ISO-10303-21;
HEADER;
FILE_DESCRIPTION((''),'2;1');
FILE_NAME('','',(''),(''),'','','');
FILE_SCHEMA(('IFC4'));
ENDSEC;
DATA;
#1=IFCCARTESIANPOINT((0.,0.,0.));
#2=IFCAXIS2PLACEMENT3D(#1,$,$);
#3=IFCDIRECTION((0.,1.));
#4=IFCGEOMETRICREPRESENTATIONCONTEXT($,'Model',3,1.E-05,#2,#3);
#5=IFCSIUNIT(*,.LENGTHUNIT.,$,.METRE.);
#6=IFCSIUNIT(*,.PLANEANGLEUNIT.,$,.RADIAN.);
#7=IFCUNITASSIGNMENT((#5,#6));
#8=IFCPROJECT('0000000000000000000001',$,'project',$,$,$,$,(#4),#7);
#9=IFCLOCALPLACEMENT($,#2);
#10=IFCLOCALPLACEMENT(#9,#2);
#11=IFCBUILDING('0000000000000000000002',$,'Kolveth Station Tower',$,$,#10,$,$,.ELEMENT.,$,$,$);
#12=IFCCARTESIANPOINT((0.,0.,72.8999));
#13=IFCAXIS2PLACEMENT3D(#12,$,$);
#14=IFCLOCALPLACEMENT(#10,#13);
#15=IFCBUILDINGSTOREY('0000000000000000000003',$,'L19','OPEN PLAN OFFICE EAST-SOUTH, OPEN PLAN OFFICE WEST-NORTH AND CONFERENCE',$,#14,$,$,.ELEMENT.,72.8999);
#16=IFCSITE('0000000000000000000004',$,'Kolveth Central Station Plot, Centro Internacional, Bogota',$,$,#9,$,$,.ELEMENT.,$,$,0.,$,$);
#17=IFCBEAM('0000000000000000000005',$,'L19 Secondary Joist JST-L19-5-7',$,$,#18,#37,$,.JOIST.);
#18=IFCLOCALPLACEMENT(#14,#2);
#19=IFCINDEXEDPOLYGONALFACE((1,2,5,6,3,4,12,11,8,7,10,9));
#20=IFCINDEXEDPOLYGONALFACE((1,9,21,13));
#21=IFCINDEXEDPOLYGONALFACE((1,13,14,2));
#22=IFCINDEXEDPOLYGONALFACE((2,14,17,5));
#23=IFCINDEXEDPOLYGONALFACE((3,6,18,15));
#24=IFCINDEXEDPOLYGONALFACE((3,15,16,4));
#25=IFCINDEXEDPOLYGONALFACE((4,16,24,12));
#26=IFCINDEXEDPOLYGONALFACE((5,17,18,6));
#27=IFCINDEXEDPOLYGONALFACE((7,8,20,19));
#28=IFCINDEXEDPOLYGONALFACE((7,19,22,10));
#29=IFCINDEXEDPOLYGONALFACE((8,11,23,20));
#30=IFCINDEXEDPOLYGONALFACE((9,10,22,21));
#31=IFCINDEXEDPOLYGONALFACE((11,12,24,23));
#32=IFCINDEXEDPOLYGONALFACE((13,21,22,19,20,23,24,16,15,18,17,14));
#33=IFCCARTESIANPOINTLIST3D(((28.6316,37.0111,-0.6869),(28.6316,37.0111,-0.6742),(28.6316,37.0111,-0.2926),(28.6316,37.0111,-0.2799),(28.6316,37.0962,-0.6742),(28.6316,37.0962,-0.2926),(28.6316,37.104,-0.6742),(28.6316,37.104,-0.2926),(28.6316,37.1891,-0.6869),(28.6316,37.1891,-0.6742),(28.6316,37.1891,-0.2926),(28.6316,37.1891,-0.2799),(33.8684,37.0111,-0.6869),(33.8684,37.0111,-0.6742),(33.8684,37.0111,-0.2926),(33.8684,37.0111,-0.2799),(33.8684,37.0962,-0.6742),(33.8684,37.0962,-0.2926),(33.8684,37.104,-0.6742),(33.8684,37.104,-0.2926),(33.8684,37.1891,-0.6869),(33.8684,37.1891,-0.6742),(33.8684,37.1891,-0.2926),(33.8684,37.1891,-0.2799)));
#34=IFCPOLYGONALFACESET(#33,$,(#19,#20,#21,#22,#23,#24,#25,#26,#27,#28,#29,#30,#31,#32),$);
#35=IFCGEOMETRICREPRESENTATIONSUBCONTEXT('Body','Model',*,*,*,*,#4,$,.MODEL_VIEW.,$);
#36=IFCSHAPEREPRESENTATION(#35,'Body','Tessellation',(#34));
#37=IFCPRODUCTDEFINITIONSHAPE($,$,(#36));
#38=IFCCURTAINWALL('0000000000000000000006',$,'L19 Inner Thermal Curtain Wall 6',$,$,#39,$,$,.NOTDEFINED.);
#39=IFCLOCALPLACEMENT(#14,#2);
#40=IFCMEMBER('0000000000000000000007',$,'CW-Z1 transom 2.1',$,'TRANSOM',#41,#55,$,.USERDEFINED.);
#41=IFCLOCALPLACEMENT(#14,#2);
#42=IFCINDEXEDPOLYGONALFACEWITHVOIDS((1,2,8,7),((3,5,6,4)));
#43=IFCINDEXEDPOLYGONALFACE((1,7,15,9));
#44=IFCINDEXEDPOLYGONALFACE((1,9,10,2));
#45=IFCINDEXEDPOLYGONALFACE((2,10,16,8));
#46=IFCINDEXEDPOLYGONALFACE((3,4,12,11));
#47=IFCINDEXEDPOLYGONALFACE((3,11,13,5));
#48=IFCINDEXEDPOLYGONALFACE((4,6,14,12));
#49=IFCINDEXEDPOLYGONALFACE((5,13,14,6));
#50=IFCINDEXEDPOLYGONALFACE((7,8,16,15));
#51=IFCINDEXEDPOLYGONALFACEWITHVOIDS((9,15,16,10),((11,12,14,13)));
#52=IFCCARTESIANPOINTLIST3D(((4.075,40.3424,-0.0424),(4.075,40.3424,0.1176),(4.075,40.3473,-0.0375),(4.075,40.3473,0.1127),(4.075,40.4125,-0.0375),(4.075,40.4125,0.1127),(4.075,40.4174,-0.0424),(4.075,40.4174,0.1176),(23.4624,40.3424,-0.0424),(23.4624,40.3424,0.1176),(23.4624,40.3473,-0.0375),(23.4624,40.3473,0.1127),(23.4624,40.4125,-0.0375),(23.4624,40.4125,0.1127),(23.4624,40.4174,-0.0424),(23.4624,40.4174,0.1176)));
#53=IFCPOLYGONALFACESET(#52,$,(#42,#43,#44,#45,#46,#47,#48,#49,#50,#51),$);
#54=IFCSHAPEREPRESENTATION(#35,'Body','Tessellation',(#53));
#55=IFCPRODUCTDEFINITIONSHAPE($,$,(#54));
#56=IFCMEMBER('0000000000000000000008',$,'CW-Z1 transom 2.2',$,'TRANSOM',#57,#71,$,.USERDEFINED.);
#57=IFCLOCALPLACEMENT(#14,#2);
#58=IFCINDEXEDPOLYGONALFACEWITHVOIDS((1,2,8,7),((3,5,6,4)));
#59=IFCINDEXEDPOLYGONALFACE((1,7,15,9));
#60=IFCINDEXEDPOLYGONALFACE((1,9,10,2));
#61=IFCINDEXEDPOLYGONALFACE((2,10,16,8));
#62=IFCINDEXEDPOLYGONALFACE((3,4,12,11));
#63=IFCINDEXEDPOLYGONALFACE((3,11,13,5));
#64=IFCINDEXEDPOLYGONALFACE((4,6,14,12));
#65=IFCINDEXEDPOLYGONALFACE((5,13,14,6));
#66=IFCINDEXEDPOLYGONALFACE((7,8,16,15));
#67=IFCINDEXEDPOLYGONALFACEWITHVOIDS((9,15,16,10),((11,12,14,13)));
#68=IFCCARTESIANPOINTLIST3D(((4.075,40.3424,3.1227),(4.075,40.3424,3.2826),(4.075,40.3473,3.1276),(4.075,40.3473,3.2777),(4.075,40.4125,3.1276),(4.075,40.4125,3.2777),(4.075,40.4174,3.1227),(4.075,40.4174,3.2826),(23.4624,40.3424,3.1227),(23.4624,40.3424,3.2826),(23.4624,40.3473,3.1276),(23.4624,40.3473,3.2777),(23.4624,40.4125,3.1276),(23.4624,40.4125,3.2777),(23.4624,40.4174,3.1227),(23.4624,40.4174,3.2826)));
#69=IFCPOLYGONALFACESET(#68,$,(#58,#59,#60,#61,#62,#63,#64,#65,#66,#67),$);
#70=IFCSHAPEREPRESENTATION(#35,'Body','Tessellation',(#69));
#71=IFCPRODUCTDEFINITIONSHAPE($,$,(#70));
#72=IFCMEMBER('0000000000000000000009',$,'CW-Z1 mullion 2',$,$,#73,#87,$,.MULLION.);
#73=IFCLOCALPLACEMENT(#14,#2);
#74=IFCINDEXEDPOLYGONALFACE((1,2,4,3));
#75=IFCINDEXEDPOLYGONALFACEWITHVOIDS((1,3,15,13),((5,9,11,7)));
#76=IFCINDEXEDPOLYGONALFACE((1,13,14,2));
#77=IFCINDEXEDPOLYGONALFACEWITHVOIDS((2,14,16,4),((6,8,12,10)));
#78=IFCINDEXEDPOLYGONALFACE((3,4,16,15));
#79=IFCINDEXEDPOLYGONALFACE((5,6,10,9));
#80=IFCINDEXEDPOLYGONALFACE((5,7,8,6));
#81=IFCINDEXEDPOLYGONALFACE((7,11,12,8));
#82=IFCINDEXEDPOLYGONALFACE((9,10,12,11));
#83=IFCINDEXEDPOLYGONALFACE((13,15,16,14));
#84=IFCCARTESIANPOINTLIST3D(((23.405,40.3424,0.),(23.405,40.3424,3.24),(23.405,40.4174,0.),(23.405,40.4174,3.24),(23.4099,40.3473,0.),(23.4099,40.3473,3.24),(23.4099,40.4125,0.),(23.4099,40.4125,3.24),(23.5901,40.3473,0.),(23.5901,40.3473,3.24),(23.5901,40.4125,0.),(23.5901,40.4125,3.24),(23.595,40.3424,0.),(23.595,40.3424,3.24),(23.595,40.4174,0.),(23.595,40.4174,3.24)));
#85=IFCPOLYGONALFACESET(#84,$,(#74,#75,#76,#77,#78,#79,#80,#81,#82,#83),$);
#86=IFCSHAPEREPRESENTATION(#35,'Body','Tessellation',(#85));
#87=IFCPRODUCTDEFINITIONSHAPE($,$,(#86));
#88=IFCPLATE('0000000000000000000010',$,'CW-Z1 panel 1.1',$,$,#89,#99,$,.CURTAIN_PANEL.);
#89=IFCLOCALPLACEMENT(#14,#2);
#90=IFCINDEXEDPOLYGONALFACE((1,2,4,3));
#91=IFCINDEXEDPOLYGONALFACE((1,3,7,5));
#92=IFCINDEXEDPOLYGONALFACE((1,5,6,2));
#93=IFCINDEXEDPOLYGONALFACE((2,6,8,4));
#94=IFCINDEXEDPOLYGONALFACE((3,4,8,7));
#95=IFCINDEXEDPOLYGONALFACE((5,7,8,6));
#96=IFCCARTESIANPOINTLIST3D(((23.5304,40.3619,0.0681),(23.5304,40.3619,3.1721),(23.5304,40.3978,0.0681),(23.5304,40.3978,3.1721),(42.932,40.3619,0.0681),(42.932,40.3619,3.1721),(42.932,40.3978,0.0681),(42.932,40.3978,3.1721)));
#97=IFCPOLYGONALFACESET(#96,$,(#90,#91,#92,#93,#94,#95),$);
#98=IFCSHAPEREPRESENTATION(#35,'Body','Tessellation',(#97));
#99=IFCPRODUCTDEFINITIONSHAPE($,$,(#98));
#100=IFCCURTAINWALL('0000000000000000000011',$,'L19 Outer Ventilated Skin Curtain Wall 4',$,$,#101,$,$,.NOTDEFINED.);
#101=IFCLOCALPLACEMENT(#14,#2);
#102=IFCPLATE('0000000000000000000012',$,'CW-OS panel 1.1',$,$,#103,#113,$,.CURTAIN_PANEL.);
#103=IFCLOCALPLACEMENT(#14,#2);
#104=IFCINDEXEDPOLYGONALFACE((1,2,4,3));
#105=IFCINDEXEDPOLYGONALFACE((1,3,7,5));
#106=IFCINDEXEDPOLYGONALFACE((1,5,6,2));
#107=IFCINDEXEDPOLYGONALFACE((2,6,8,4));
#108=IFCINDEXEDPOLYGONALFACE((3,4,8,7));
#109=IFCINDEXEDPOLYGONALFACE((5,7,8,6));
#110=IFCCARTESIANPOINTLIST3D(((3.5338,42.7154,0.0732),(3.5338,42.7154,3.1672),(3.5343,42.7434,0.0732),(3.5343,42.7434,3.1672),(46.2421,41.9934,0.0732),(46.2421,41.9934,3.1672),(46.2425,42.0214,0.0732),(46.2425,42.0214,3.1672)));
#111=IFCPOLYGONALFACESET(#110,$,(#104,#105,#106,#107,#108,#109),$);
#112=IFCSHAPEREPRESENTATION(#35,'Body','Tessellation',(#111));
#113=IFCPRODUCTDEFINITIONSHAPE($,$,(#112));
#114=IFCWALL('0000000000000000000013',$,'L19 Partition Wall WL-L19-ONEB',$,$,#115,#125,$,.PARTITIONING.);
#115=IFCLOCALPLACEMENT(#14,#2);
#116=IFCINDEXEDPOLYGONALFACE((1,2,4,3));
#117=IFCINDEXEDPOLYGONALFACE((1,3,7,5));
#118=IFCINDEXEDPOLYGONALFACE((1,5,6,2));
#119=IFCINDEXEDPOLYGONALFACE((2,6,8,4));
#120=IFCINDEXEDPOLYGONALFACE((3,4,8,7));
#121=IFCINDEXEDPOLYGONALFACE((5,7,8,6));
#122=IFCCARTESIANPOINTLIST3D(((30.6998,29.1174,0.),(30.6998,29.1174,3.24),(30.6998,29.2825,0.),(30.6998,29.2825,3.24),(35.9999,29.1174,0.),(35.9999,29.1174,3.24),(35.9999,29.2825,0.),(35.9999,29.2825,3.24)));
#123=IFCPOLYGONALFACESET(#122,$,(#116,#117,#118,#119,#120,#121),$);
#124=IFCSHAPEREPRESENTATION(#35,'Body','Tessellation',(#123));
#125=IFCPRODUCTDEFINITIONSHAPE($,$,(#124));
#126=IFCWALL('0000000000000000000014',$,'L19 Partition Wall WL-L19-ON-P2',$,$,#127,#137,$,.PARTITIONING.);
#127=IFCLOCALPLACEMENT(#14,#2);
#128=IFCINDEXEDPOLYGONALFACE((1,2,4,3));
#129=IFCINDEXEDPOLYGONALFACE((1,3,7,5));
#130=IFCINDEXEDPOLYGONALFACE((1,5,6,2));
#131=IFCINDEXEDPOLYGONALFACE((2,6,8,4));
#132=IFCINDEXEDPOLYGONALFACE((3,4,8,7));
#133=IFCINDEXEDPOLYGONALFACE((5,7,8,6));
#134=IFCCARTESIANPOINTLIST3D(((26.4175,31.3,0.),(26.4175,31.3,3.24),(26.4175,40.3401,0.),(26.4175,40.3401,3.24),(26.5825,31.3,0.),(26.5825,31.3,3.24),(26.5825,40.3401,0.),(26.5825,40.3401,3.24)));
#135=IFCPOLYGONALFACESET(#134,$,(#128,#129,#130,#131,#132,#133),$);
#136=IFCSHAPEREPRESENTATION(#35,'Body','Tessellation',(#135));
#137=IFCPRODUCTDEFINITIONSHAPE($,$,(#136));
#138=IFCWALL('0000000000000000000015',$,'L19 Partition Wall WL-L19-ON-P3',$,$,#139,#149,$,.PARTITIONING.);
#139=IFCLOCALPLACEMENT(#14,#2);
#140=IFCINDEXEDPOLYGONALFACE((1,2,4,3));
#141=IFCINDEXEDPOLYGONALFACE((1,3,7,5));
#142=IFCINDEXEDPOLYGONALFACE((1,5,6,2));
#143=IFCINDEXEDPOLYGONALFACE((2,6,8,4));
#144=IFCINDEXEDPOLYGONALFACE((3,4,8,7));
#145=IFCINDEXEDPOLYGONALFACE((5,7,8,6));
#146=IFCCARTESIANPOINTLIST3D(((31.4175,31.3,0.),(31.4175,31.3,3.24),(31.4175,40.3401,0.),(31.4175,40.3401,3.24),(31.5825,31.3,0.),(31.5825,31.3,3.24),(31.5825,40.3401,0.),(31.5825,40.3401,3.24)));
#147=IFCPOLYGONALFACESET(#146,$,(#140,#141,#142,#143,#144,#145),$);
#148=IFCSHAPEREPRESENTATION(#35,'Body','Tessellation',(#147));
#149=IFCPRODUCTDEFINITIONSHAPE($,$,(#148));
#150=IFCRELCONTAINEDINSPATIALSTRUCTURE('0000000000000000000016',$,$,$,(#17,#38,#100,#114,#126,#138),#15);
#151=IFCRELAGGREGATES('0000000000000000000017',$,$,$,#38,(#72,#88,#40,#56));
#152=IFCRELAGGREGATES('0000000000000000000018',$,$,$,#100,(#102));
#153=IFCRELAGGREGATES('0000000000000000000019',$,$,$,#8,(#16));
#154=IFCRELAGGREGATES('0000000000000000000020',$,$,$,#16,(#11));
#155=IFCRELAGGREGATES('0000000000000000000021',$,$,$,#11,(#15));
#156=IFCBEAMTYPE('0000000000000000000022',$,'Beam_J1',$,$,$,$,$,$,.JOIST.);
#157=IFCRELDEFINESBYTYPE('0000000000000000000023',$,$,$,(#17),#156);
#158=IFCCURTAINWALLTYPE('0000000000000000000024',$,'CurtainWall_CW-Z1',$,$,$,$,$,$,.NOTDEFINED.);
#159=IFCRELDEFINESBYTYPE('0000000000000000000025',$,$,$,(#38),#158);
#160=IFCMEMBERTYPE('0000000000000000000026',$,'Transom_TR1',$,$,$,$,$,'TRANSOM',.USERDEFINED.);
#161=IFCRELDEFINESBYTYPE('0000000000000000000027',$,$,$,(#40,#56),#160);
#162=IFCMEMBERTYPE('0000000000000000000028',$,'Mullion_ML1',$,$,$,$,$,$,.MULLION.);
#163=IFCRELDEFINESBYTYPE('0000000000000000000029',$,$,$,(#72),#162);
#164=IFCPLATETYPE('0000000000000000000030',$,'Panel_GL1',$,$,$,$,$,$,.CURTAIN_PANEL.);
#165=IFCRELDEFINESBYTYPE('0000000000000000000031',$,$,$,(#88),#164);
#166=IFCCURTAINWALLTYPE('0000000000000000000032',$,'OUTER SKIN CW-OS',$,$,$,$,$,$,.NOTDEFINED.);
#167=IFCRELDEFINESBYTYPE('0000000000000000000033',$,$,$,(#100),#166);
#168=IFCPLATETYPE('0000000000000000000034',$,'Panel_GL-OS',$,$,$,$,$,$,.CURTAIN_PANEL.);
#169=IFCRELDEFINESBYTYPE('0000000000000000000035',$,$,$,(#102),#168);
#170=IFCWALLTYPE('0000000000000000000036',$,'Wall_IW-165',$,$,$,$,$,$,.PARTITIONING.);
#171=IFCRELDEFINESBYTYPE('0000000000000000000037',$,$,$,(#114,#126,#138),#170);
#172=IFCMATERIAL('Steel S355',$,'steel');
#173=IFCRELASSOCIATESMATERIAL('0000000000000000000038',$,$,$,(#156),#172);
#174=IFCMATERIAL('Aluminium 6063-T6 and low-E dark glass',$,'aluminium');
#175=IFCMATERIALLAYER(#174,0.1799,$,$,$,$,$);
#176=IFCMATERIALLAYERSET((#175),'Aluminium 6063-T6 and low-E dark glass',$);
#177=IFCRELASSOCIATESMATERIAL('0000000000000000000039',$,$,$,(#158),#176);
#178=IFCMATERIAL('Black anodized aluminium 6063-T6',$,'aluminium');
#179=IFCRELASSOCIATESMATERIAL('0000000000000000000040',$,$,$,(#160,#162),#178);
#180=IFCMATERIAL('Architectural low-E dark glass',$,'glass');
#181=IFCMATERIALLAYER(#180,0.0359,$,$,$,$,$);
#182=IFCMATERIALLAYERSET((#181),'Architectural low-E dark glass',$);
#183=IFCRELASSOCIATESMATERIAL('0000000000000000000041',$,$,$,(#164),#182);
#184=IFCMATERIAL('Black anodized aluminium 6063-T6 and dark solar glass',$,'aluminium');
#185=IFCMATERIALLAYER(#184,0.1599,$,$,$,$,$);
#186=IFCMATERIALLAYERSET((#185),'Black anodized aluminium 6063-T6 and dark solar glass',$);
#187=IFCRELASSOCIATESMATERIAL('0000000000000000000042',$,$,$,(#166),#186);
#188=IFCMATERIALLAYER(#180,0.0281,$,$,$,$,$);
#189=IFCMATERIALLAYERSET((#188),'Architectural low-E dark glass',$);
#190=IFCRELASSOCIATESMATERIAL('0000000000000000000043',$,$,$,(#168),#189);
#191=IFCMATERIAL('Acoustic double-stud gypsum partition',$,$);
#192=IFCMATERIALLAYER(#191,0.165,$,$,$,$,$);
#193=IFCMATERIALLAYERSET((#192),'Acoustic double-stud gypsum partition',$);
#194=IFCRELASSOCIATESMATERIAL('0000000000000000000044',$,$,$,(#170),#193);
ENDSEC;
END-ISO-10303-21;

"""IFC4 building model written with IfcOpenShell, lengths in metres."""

from ifc_helpers import new_model, si_unit, direction, frame, frame_2d, origin, origin_2d, place, context, subcontext, project, spatial, rectangle, hollow_rectangle, i_section, extrude, source, transform, mapped, material, layer, layer_set, material_profile, profile_set, type_object, element, aggregate, save


model = new_model("IFC4")

# Units and contexts
model_context = context("Model", 3, precision=1e-05, world=origin(), true_north=direction((0.0, 1.0)))
body_context = subcontext(model_context, "Body", "Model", "MODEL_VIEW")
ifc_project = project(units=[si_unit("LENGTHUNIT", "METRE"), si_unit("PLANEANGLEUNIT", "RADIAN")], contexts=[model_context])

# Site, building, storey
site_placement = place(None, origin())
site = spatial("IfcSite", under=ifc_project, at=site_placement, Name="Kolveth Central Station Plot, Centro Internacional, Bogota", CompositionType="ELEMENT", RefElevation=0.0)
building_placement = place(site_placement, origin())
building = spatial("IfcBuilding", under=site, at=building_placement, Name="Kolveth Station Tower", CompositionType="ELEMENT")
storey_placement = place(building_placement, frame((0.0, 0.0, 72.8999)))
storey = spatial("IfcBuildingStorey", under=building, at=storey_placement, Name="L19", Description="OPEN PLAN OFFICE EAST-SOUTH, OPEN PLAN OFFICE WEST-NORTH AND CONFERENCE", CompositionType="ELEMENT", Elevation=72.8999)

# Shared definitions
ifc_material_1 = material(Name="Steel S355", Category="steel")

# Beam
ifc_material_profile_1 = material_profile(ifc_material_1, i_section(OverallWidth=0.178, OverallDepth=0.407, WebThickness=0.0078, FlangeThickness=0.0127, at=origin_2d()), Name="W410x60")
ifc_profile_set_1 = profile_set([ifc_material_profile_1], Name="Steel S355")
beam_type_1 = type_object("IfcBeamType", Name="Beam_J1", PredefinedType="JOIST", material=ifc_profile_set_1)
shared_shape_1 = source(origin(), body_context, "Body", "SweptSolid", [
    extrude(i_section(OverallWidth=0.178, OverallDepth=0.407, WebThickness=0.0078, FlangeThickness=0.0127, at=origin_2d()), origin(), (0.0, 0.0, 1.0), 5.2368),
])
for number, where, z_axis, x_axis, name in (
    (1, (28.6316, 37.1001, -0.4834), (1.0, 0.0, 0.0), (0.0, 1.0, 0.0), "L19 Secondary Joist JST-L19-5-7"),
):
    element("IfcBeam", number, at=place(storey_placement, frame(where, z_axis=z_axis, x_axis=x_axis)), inside=storey, type_object=beam_type_1, Name=name, PredefinedType="JOIST", context=body_context, shape_type="MappedRepresentation", body=[
        mapped(shared_shape_1, transform((0.0, 0.0, 0.0), x_axis=(1.0, 0.0, 0.0), y_axis=(0.0, 1.0, 0.0), z_axis=(0.0, 0.0, 1.0), scale=1.0)),
    ])

# Curtain wall, members, plate
ifc_material_2 = material(Name="Aluminium 6063-T6 and low-E dark glass", Category="aluminium")
ifc_layer_1 = layer(ifc_material_2, 0.1799)
ifc_layer_set_1 = layer_set([ifc_layer_1], Name="Aluminium 6063-T6 and low-E dark glass")
curtain_wall_type_1 = type_object("IfcCurtainWallType", Name="CurtainWall_CW-Z1", PredefinedType="NOTDEFINED", material=ifc_layer_set_1)
curtain_wall_1_placement = place(storey_placement, origin())
curtain_wall_1 = element("IfcCurtainWall", 2, at=curtain_wall_1_placement, inside=storey, type_object=curtain_wall_type_1, Name="L19 Inner Thermal Curtain Wall 6", PredefinedType="NOTDEFINED")
ifc_material_3 = material(Name="Black anodized aluminium 6063-T6", Category="aluminium")
ifc_material_profile_2 = material_profile(ifc_material_3, hollow_rectangle(XDim=0.075, YDim=0.1599, WallThickness=0.0049, at=origin_2d()), Name="ALU-75x160x5")
ifc_profile_set_2 = profile_set([ifc_material_profile_2], Name="Black anodized aluminium 6063-T6")
member_type_1 = type_object("IfcMemberType", Name="Transom_TR1", ElementType="TRANSOM", PredefinedType="USERDEFINED", material=ifc_profile_set_2)
shared_shape_2 = source(origin(), body_context, "Body", "SweptSolid", [
    extrude(hollow_rectangle(XDim=0.075, YDim=0.1599, WallThickness=0.0049, at=origin_2d()), origin(), (0.0, 0.0, 1.0), 19.3875),
])
member_1_placement = place(storey_placement, frame((23.4624, 40.3799, 0.0376), z_axis=(-1.0, 0.0, 0.0), x_axis=(0.0, -1.0, 0.0)))
member_1 = element("IfcMember", 3, at=member_1_placement, type_object=member_type_1, Name="CW-Z1 transom 2.1", ObjectType="TRANSOM", PredefinedType="USERDEFINED", context=body_context, shape_type="MappedRepresentation", body=[
    mapped(shared_shape_2, transform((0.0, 0.0, 0.0), x_axis=(1.0, 0.0, 0.0), y_axis=(0.0, 1.0, 0.0), z_axis=(0.0, 0.0, 1.0), scale=1.0)),
])
member_2_placement = place(storey_placement, frame((23.4624, 40.3799, 3.2026), z_axis=(-1.0, 0.0, 0.0), x_axis=(0.0, -1.0, 0.0)))
member_2 = element("IfcMember", 4, at=member_2_placement, type_object=member_type_1, Name="CW-Z1 transom 2.2", ObjectType="TRANSOM", PredefinedType="USERDEFINED", context=body_context, shape_type="MappedRepresentation", body=[
    mapped(shared_shape_2, transform((0.0, 0.0, 0.0), x_axis=(1.0, 0.0, 0.0), y_axis=(0.0, 1.0, 0.0), z_axis=(0.0, 0.0, 1.0), scale=1.0)),
])
ifc_material_profile_3 = material_profile(ifc_material_3, hollow_rectangle(XDim=0.075, YDim=0.1899, WallThickness=0.0049, at=origin_2d()), Name="ALU-75x190x5")
ifc_profile_set_3 = profile_set([ifc_material_profile_3], Name="Black anodized aluminium 6063-T6")
member_type_2 = type_object("IfcMemberType", Name="Mullion_ML1", PredefinedType="MULLION", material=ifc_profile_set_3)
shared_shape_3 = source(origin(), body_context, "Body", "SweptSolid", [
    extrude(hollow_rectangle(XDim=0.075, YDim=0.1899, WallThickness=0.0049, at=origin_2d()), origin(), (0.0, 0.0, 1.0), 3.24),
])
member_3_placement = place(storey_placement, frame((23.5, 40.3799, 0.0), z_axis=(0.0, 0.0, 1.0), x_axis=(0.0, -1.0, 0.0)))
member_3 = element("IfcMember", 5, at=member_3_placement, type_object=member_type_2, Name="CW-Z1 mullion 2", PredefinedType="MULLION", context=body_context, shape_type="MappedRepresentation", body=[
    mapped(shared_shape_3, transform((0.0, 0.0, 0.0), x_axis=(1.0, 0.0, 0.0), y_axis=(0.0, 1.0, 0.0), z_axis=(0.0, 0.0, 1.0), scale=1.0)),
])
ifc_material_4 = material(Name="Architectural low-E dark glass", Category="glass")
ifc_layer_2 = layer(ifc_material_4, 0.0359)
ifc_layer_set_2 = layer_set([ifc_layer_2], Name="Architectural low-E dark glass")
plate_type_1 = type_object("IfcPlateType", Name="Panel_GL1", PredefinedType="CURTAIN_PANEL", material=ifc_layer_set_2)
shared_shape_4 = source(origin(), body_context, "Body", "SweptSolid", [
    extrude(rectangle(XDim=19.4016, YDim=0.0359, at=origin_2d()), origin(), (0.0, 0.0, 1.0), 3.104),
])
plate_1_placement = place(storey_placement, frame((33.2312, 40.3799, 0.0681), z_axis=(0.0, 0.0, 1.0), x_axis=(-1.0, 0.0, 0.0)))
plate_1 = element("IfcPlate", 6, at=plate_1_placement, type_object=plate_type_1, Name="CW-Z1 panel 1.1", PredefinedType="CURTAIN_PANEL", context=body_context, shape_type="MappedRepresentation", body=[
    mapped(shared_shape_4, transform((0.0, 0.0, 0.0), x_axis=(1.0, 0.0, 0.0), y_axis=(0.0, 1.0, 0.0), z_axis=(0.0, 0.0, 1.0), scale=1.0)),
])
aggregate(curtain_wall_1, [member_3, plate_1, member_1, member_2])

# Curtain wall, plate
ifc_material_5 = material(Name="Black anodized aluminium 6063-T6 and dark solar glass", Category="aluminium")
ifc_layer_3 = layer(ifc_material_5, 0.1599)
ifc_layer_set_3 = layer_set([ifc_layer_3], Name="Black anodized aluminium 6063-T6 and dark solar glass")
curtain_wall_type_2 = type_object("IfcCurtainWallType", Name="OUTER SKIN CW-OS", PredefinedType="NOTDEFINED", material=ifc_layer_set_3)
curtain_wall_2_placement = place(storey_placement, origin())
curtain_wall_2 = element("IfcCurtainWall", 7, at=curtain_wall_2_placement, inside=storey, type_object=curtain_wall_type_2, Name="L19 Outer Ventilated Skin Curtain Wall 4", PredefinedType="NOTDEFINED")
ifc_layer_4 = layer(ifc_material_4, 0.0281)
ifc_layer_set_4 = layer_set([ifc_layer_4], Name="Architectural low-E dark glass")
plate_type_2 = type_object("IfcPlateType", Name="Panel_GL-OS", PredefinedType="CURTAIN_PANEL", material=ifc_layer_set_4)
shared_shape_5 = source(origin(), body_context, "Body", "SweptSolid", [
    extrude(rectangle(XDim=42.7144, YDim=0.0281, at=origin_2d()), origin(), (0.0, 0.0, 1.0), 3.094),
])
plate_2_placement = place(storey_placement, frame((24.8882, 42.3684, 0.0732), z_axis=(0.0, 0.0, 1.0), x_axis=(-0.999857, 0.016903, 0.0)))
plate_2 = element("IfcPlate", 8, at=plate_2_placement, type_object=plate_type_2, Name="CW-OS panel 1.1", PredefinedType="CURTAIN_PANEL", context=body_context, shape_type="MappedRepresentation", body=[
    mapped(shared_shape_5, transform((0.0, 0.0, 0.0), x_axis=(1.0, 0.0, 0.0), y_axis=(0.0, 1.0, 0.0), z_axis=(0.0, 0.0, 1.0), scale=1.0)),
])
aggregate(curtain_wall_2, [plate_2])

# Walls
ifc_material_6 = material(Name="Acoustic double-stud gypsum partition")
ifc_layer_5 = layer(ifc_material_6, 0.165)
ifc_layer_set_5 = layer_set([ifc_layer_5], Name="Acoustic double-stud gypsum partition")
wall_type = type_object("IfcWallType", Name="Wall_IW-165", PredefinedType="PARTITIONING", material=ifc_layer_set_5)
wall_placement = place(storey_placement, frame((30.7, 29.2, 0.0), z_axis=(0.0, 0.0, 1.0), x_axis=(1.0, 0.0, 0.0)))
element("IfcWall", 9, at=wall_placement, inside=storey, type_object=wall_type, Name="L19 Partition Wall WL-L19-ONEB", PredefinedType="PARTITIONING", context=body_context, shape_type="SweptSolid", body=[
    extrude(rectangle(XDim=5.3, YDim=0.165, at=frame_2d((2.6499, 0.0))), origin(), (0.0, 0.0, 1.0), 3.24),
])
for number, where, z_axis, x_axis, name in (
    (10, (26.5, 31.3, 0.0), (0.0, 0.0, 1.0), (0.0, 1.0, 0.0), "L19 Partition Wall WL-L19-ON-P2"),
    (11, (31.5, 31.3, 0.0), (0.0, 0.0, 1.0), (0.0, 1.0, 0.0), "L19 Partition Wall WL-L19-ON-P3"),
):
    element("IfcWall", number, at=place(storey_placement, frame(where, z_axis=z_axis, x_axis=x_axis)), inside=storey, type_object=wall_type, Name=name, PredefinedType="PARTITIONING", context=body_context, shape_type="SweptSolid", body=[
        extrude(rectangle(XDim=9.04, YDim=0.165, at=frame_2d((4.52, 0.0))), origin(), (0.0, 0.0, 1.0), 3.24),
    ])

save(model, "model.ifc")
